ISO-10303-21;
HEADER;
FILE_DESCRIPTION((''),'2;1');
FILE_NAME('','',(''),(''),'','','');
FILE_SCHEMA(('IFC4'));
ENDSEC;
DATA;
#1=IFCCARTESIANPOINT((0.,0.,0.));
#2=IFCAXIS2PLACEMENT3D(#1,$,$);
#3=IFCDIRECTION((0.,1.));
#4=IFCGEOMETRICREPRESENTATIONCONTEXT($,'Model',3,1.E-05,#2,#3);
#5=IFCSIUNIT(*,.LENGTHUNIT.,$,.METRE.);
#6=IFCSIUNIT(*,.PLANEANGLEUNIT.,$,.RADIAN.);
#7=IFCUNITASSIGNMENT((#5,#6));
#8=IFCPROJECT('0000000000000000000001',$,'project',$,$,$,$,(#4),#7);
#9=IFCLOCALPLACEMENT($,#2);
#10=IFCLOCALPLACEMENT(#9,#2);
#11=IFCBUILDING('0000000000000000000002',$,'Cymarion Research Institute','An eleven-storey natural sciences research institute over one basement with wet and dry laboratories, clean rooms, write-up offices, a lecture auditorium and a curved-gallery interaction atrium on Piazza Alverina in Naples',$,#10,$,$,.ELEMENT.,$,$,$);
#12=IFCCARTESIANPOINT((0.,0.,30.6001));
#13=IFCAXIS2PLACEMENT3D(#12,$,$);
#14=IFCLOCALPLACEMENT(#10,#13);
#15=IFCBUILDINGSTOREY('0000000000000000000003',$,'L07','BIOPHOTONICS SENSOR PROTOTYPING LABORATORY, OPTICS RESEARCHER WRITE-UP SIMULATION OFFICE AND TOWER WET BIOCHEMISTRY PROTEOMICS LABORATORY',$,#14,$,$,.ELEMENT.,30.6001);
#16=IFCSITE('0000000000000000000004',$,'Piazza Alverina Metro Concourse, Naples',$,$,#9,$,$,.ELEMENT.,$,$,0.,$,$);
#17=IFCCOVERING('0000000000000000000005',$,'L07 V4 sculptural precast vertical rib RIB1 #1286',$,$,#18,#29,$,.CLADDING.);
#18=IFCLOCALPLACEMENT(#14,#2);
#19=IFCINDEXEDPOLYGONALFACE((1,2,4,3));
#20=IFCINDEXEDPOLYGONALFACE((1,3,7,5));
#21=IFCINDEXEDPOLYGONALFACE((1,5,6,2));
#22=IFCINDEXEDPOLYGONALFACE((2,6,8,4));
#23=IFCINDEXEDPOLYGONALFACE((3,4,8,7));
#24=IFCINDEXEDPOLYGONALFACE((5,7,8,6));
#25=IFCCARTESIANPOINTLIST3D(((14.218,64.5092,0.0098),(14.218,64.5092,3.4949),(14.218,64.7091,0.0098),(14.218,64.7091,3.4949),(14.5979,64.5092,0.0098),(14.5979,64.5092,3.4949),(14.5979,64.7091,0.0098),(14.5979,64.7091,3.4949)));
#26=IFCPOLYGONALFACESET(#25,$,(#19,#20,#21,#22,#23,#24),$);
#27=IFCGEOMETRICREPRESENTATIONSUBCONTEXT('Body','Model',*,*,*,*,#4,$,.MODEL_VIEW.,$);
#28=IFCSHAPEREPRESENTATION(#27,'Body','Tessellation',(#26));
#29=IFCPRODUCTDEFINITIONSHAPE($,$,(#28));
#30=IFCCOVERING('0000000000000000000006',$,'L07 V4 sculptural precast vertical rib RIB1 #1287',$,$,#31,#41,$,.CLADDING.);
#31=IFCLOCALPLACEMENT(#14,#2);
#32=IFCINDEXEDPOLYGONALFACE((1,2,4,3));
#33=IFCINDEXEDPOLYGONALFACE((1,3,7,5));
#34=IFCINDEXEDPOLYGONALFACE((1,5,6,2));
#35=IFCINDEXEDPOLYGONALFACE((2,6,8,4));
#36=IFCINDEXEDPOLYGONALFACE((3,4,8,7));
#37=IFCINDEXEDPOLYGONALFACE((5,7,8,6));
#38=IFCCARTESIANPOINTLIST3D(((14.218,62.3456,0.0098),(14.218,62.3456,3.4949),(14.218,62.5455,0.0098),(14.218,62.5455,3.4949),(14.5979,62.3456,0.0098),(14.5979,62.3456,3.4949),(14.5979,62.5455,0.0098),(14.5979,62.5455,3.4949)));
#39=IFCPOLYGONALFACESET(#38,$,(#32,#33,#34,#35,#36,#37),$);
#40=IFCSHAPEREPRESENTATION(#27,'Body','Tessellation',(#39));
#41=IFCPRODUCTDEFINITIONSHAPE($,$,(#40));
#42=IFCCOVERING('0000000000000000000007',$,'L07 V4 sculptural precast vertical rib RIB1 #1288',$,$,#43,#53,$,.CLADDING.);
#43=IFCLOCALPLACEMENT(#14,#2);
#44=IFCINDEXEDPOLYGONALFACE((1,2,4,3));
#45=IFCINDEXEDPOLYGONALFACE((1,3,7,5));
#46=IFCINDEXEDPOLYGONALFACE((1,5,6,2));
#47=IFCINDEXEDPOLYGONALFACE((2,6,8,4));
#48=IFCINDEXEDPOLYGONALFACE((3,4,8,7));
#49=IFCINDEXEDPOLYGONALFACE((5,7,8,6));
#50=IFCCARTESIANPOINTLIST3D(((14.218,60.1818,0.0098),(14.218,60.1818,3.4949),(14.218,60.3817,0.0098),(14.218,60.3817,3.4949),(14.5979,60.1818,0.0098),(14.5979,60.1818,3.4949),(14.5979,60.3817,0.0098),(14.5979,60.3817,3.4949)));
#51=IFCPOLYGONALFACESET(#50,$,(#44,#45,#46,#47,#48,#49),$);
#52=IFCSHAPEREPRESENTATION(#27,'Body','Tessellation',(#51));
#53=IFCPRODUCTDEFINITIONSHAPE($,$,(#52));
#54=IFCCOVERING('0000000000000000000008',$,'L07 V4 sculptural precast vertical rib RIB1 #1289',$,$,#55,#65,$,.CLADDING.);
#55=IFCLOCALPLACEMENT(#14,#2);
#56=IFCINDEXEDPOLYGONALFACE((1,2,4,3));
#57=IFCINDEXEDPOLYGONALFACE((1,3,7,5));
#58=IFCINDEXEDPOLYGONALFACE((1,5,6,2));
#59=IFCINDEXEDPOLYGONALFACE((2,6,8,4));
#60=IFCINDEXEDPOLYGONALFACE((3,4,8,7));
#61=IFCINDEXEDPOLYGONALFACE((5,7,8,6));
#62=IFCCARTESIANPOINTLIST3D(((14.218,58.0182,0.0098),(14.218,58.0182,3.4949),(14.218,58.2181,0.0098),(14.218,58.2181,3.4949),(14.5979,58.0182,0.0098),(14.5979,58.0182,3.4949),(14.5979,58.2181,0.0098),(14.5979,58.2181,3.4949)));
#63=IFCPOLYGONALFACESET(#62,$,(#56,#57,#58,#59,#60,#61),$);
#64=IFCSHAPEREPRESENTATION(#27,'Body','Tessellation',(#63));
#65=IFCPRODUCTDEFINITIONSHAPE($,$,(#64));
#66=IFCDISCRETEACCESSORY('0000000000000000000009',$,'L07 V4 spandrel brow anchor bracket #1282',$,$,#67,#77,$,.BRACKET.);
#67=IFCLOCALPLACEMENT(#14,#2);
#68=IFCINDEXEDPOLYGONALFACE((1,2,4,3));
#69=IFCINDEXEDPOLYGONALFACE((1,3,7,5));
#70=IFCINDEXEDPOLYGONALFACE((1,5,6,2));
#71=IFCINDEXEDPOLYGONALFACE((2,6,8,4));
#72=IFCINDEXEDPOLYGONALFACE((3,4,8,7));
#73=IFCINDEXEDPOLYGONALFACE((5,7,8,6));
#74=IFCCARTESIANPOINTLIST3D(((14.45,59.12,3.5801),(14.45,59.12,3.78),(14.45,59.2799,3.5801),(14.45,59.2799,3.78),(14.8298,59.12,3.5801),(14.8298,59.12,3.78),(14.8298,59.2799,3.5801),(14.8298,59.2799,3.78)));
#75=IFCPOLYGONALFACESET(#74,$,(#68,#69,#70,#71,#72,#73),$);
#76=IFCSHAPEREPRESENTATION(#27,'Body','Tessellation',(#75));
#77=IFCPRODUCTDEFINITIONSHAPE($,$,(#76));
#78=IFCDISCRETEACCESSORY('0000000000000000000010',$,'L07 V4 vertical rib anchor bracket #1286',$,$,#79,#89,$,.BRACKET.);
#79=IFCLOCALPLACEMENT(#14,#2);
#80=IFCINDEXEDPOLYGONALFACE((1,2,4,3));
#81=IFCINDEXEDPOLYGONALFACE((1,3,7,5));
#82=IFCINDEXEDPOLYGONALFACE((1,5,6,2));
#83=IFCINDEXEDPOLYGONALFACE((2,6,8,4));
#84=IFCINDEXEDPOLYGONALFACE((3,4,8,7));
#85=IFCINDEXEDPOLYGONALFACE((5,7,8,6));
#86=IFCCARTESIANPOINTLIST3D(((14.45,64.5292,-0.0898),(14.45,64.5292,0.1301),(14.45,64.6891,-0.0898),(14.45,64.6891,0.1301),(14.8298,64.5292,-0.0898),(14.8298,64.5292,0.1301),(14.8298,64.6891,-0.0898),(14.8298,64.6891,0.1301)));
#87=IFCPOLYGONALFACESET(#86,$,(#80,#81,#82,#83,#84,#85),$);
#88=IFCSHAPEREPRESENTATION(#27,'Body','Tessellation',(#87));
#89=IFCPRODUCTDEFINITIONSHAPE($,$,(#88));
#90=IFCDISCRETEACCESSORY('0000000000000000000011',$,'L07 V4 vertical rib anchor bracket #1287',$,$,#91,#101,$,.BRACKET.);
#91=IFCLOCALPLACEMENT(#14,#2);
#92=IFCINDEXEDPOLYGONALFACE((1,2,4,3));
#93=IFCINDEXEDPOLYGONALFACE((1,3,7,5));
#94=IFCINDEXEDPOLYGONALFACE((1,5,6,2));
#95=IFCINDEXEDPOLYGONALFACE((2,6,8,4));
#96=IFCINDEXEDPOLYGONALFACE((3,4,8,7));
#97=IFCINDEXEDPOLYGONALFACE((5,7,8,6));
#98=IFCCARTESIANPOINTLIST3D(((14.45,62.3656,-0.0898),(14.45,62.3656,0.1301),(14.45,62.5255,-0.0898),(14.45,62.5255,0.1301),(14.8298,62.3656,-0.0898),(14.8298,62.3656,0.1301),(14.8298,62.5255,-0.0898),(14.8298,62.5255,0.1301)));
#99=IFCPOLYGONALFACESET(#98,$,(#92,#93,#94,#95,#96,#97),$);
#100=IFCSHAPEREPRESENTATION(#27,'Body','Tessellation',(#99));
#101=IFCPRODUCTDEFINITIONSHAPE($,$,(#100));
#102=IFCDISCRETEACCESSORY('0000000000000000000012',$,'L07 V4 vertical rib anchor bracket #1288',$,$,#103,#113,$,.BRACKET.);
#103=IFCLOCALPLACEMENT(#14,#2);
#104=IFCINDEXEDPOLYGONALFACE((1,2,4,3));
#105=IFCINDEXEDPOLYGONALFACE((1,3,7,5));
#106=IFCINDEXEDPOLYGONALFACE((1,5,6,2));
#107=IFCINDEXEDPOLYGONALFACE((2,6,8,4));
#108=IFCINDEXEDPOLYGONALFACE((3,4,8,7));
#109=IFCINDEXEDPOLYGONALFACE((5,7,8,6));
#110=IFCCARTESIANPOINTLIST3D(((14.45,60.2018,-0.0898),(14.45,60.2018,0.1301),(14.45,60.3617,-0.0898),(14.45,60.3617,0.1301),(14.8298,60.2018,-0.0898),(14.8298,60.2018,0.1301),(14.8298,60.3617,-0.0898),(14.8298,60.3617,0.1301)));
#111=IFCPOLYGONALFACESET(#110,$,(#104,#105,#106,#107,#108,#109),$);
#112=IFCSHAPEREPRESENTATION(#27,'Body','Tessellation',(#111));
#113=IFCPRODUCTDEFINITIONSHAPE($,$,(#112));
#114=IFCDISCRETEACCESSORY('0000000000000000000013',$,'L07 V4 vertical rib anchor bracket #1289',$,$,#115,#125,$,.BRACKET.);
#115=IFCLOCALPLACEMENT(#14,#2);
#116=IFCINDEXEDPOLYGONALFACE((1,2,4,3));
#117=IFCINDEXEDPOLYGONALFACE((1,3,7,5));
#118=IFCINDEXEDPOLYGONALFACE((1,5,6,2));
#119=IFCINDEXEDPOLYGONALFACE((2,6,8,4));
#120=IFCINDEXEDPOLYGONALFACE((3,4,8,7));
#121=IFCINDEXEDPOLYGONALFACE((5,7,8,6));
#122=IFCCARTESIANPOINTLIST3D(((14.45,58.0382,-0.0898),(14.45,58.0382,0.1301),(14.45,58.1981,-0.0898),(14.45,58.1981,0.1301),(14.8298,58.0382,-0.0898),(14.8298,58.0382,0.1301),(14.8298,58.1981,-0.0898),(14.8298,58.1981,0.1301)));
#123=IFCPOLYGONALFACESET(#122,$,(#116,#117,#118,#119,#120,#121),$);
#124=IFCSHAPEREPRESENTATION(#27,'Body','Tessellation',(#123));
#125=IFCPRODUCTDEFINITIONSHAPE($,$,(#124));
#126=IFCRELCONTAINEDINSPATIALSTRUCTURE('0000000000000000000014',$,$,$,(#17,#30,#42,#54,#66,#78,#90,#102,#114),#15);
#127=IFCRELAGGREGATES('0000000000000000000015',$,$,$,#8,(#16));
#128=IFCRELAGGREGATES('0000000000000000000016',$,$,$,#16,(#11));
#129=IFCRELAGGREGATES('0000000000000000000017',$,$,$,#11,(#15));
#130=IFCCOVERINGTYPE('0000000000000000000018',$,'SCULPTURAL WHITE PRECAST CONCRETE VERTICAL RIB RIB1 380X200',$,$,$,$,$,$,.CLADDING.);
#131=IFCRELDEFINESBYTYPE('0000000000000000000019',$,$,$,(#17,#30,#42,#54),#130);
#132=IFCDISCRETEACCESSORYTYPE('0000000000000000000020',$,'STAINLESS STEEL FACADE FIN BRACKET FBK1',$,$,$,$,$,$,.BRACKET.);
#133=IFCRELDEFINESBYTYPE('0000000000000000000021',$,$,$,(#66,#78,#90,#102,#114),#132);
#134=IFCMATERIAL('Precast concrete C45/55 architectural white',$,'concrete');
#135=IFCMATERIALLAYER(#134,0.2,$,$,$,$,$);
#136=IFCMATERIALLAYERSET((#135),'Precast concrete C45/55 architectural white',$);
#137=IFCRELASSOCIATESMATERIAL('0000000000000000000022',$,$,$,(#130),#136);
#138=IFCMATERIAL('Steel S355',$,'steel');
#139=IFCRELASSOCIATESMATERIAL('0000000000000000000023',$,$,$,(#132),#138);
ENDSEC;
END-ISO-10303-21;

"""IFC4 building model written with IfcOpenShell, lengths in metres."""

from ifc_helpers import new_model, si_unit, direction, frame, origin, origin_2d, place, context, subcontext, project, spatial, rectangle, extrude, material, layer, layer_set, type_object, element, save


model = new_model("IFC4")

# Units and contexts
model_context = context("Model", 3, precision=1e-05, world=origin(), true_north=direction((0.0, 1.0)))
body_context = subcontext(model_context, "Body", "Model", "MODEL_VIEW")
ifc_project = project(units=[si_unit("LENGTHUNIT", "METRE"), si_unit("PLANEANGLEUNIT", "RADIAN")], contexts=[model_context])

# Site, building, storey
site_placement = place(None, origin())
site = spatial("IfcSite", under=ifc_project, at=site_placement, Name="Piazza Alverina Metro Concourse, Naples", CompositionType="ELEMENT", RefElevation=0.0)
building_placement = place(site_placement, origin())
building = spatial("IfcBuilding", under=site, at=building_placement, Name="Cymarion Research Institute", Description="An eleven-storey natural sciences research institute over one basement with wet and dry laboratories, clean rooms, write-up offices, a lecture auditorium and a curved-gallery interaction atrium on Piazza Alverina in Naples", CompositionType="ELEMENT")
storey_placement = place(building_placement, frame((0.0, 0.0, 30.6001)))
storey = spatial("IfcBuildingStorey", under=building, at=storey_placement, Name="L07", Description="BIOPHOTONICS SENSOR PROTOTYPING LABORATORY, OPTICS RESEARCHER WRITE-UP SIMULATION OFFICE AND TOWER WET BIOCHEMISTRY PROTEOMICS LABORATORY", CompositionType="ELEMENT", Elevation=30.6001)

# Shared definitions
ifc_material_1 = material(Name="Steel S355", Category="steel")

# Coverings
ifc_material_2 = material(Name="Precast concrete C45/55 architectural white", Category="concrete")
ifc_layer_1 = layer(ifc_material_2, 0.2)
ifc_layer_set_1 = layer_set([ifc_layer_1], Name="Precast concrete C45/55 architectural white")
covering_type_1 = type_object("IfcCoveringType", Name="SCULPTURAL WHITE PRECAST CONCRETE VERTICAL RIB RIB1 380X200", PredefinedType="CLADDING", material=ifc_layer_set_1)
for number, where, z_axis, x_axis, name in (
    (1, (14.408, 64.6091, 0.0098), (0.0, 0.0, 1.0), (-1.0, 0.0, 0.0), "L07 V4 sculptural precast vertical rib RIB1 #1286"),
    (2, (14.408, 62.4456, 0.0098), (0.0, 0.0, 1.0), (-1.0, 0.0, 0.0), "L07 V4 sculptural precast vertical rib RIB1 #1287"),
    (3, (14.408, 60.2817, 0.0098), (0.0, 0.0, 1.0), (-1.0, 0.0, 0.0), "L07 V4 sculptural precast vertical rib RIB1 #1288"),
    (4, (14.408, 58.1182, 0.0098), (0.0, 0.0, 1.0), (-1.0, 0.0, 0.0), "L07 V4 sculptural precast vertical rib RIB1 #1289"),
):
    element("IfcCovering", number, at=place(storey_placement, frame(where, z_axis=z_axis, x_axis=x_axis)), inside=storey, type_object=covering_type_1, Name=name, PredefinedType="CLADDING", context=body_context, shape_type="SweptSolid", body=[
        extrude(rectangle(XDim=0.3799, YDim=0.2, at=origin_2d()), origin(), (0.0, 0.0, 1.0), 3.4851),
    ])

# Discrete accessories
discrete_accessory_type = type_object("IfcDiscreteAccessoryType", Name="STAINLESS STEEL FACADE FIN BRACKET FBK1", PredefinedType="BRACKET", material=ifc_material_1)
discrete_accessory_placement = place(storey_placement, frame((14.6399, 59.2, 3.5801), z_axis=(0.0, 0.0, 1.0), x_axis=(-1.0, 0.0, 0.0)))
element("IfcDiscreteAccessory", 5, at=discrete_accessory_placement, inside=storey, type_object=discrete_accessory_type, Name="L07 V4 spandrel brow anchor bracket #1282", PredefinedType="BRACKET", context=body_context, shape_type="SweptSolid", body=[
    extrude(rectangle(XDim=0.3799, YDim=0.1599, at=origin_2d()), origin(), (0.0, 0.0, 1.0), 0.2),
])
for number, where, z_axis, x_axis, name in (
    (6, (14.6399, 64.6091, -0.0898), (0.0, 0.0, 1.0), (-1.0, 0.0, 0.0), "L07 V4 vertical rib anchor bracket #1286"),
    (7, (14.6399, 62.4456, -0.0898), (0.0, 0.0, 1.0), (-1.0, 0.0, 0.0), "L07 V4 vertical rib anchor bracket #1287"),
    (8, (14.6399, 60.2817, -0.0898), (0.0, 0.0, 1.0), (-1.0, 0.0, 0.0), "L07 V4 vertical rib anchor bracket #1288"),
    (9, (14.6399, 58.1182, -0.0898), (0.0, 0.0, 1.0), (-1.0, 0.0, 0.0), "L07 V4 vertical rib anchor bracket #1289"),
):
    element("IfcDiscreteAccessory", number, at=place(storey_placement, frame(where, z_axis=z_axis, x_axis=x_axis)), inside=storey, type_object=discrete_accessory_type, Name=name, PredefinedType="BRACKET", context=body_context, shape_type="SweptSolid", body=[
        extrude(rectangle(XDim=0.3799, YDim=0.1599, at=origin_2d()), origin(), (0.0, 0.0, 1.0), 0.22),
    ])

save(model, "model.ifc")
